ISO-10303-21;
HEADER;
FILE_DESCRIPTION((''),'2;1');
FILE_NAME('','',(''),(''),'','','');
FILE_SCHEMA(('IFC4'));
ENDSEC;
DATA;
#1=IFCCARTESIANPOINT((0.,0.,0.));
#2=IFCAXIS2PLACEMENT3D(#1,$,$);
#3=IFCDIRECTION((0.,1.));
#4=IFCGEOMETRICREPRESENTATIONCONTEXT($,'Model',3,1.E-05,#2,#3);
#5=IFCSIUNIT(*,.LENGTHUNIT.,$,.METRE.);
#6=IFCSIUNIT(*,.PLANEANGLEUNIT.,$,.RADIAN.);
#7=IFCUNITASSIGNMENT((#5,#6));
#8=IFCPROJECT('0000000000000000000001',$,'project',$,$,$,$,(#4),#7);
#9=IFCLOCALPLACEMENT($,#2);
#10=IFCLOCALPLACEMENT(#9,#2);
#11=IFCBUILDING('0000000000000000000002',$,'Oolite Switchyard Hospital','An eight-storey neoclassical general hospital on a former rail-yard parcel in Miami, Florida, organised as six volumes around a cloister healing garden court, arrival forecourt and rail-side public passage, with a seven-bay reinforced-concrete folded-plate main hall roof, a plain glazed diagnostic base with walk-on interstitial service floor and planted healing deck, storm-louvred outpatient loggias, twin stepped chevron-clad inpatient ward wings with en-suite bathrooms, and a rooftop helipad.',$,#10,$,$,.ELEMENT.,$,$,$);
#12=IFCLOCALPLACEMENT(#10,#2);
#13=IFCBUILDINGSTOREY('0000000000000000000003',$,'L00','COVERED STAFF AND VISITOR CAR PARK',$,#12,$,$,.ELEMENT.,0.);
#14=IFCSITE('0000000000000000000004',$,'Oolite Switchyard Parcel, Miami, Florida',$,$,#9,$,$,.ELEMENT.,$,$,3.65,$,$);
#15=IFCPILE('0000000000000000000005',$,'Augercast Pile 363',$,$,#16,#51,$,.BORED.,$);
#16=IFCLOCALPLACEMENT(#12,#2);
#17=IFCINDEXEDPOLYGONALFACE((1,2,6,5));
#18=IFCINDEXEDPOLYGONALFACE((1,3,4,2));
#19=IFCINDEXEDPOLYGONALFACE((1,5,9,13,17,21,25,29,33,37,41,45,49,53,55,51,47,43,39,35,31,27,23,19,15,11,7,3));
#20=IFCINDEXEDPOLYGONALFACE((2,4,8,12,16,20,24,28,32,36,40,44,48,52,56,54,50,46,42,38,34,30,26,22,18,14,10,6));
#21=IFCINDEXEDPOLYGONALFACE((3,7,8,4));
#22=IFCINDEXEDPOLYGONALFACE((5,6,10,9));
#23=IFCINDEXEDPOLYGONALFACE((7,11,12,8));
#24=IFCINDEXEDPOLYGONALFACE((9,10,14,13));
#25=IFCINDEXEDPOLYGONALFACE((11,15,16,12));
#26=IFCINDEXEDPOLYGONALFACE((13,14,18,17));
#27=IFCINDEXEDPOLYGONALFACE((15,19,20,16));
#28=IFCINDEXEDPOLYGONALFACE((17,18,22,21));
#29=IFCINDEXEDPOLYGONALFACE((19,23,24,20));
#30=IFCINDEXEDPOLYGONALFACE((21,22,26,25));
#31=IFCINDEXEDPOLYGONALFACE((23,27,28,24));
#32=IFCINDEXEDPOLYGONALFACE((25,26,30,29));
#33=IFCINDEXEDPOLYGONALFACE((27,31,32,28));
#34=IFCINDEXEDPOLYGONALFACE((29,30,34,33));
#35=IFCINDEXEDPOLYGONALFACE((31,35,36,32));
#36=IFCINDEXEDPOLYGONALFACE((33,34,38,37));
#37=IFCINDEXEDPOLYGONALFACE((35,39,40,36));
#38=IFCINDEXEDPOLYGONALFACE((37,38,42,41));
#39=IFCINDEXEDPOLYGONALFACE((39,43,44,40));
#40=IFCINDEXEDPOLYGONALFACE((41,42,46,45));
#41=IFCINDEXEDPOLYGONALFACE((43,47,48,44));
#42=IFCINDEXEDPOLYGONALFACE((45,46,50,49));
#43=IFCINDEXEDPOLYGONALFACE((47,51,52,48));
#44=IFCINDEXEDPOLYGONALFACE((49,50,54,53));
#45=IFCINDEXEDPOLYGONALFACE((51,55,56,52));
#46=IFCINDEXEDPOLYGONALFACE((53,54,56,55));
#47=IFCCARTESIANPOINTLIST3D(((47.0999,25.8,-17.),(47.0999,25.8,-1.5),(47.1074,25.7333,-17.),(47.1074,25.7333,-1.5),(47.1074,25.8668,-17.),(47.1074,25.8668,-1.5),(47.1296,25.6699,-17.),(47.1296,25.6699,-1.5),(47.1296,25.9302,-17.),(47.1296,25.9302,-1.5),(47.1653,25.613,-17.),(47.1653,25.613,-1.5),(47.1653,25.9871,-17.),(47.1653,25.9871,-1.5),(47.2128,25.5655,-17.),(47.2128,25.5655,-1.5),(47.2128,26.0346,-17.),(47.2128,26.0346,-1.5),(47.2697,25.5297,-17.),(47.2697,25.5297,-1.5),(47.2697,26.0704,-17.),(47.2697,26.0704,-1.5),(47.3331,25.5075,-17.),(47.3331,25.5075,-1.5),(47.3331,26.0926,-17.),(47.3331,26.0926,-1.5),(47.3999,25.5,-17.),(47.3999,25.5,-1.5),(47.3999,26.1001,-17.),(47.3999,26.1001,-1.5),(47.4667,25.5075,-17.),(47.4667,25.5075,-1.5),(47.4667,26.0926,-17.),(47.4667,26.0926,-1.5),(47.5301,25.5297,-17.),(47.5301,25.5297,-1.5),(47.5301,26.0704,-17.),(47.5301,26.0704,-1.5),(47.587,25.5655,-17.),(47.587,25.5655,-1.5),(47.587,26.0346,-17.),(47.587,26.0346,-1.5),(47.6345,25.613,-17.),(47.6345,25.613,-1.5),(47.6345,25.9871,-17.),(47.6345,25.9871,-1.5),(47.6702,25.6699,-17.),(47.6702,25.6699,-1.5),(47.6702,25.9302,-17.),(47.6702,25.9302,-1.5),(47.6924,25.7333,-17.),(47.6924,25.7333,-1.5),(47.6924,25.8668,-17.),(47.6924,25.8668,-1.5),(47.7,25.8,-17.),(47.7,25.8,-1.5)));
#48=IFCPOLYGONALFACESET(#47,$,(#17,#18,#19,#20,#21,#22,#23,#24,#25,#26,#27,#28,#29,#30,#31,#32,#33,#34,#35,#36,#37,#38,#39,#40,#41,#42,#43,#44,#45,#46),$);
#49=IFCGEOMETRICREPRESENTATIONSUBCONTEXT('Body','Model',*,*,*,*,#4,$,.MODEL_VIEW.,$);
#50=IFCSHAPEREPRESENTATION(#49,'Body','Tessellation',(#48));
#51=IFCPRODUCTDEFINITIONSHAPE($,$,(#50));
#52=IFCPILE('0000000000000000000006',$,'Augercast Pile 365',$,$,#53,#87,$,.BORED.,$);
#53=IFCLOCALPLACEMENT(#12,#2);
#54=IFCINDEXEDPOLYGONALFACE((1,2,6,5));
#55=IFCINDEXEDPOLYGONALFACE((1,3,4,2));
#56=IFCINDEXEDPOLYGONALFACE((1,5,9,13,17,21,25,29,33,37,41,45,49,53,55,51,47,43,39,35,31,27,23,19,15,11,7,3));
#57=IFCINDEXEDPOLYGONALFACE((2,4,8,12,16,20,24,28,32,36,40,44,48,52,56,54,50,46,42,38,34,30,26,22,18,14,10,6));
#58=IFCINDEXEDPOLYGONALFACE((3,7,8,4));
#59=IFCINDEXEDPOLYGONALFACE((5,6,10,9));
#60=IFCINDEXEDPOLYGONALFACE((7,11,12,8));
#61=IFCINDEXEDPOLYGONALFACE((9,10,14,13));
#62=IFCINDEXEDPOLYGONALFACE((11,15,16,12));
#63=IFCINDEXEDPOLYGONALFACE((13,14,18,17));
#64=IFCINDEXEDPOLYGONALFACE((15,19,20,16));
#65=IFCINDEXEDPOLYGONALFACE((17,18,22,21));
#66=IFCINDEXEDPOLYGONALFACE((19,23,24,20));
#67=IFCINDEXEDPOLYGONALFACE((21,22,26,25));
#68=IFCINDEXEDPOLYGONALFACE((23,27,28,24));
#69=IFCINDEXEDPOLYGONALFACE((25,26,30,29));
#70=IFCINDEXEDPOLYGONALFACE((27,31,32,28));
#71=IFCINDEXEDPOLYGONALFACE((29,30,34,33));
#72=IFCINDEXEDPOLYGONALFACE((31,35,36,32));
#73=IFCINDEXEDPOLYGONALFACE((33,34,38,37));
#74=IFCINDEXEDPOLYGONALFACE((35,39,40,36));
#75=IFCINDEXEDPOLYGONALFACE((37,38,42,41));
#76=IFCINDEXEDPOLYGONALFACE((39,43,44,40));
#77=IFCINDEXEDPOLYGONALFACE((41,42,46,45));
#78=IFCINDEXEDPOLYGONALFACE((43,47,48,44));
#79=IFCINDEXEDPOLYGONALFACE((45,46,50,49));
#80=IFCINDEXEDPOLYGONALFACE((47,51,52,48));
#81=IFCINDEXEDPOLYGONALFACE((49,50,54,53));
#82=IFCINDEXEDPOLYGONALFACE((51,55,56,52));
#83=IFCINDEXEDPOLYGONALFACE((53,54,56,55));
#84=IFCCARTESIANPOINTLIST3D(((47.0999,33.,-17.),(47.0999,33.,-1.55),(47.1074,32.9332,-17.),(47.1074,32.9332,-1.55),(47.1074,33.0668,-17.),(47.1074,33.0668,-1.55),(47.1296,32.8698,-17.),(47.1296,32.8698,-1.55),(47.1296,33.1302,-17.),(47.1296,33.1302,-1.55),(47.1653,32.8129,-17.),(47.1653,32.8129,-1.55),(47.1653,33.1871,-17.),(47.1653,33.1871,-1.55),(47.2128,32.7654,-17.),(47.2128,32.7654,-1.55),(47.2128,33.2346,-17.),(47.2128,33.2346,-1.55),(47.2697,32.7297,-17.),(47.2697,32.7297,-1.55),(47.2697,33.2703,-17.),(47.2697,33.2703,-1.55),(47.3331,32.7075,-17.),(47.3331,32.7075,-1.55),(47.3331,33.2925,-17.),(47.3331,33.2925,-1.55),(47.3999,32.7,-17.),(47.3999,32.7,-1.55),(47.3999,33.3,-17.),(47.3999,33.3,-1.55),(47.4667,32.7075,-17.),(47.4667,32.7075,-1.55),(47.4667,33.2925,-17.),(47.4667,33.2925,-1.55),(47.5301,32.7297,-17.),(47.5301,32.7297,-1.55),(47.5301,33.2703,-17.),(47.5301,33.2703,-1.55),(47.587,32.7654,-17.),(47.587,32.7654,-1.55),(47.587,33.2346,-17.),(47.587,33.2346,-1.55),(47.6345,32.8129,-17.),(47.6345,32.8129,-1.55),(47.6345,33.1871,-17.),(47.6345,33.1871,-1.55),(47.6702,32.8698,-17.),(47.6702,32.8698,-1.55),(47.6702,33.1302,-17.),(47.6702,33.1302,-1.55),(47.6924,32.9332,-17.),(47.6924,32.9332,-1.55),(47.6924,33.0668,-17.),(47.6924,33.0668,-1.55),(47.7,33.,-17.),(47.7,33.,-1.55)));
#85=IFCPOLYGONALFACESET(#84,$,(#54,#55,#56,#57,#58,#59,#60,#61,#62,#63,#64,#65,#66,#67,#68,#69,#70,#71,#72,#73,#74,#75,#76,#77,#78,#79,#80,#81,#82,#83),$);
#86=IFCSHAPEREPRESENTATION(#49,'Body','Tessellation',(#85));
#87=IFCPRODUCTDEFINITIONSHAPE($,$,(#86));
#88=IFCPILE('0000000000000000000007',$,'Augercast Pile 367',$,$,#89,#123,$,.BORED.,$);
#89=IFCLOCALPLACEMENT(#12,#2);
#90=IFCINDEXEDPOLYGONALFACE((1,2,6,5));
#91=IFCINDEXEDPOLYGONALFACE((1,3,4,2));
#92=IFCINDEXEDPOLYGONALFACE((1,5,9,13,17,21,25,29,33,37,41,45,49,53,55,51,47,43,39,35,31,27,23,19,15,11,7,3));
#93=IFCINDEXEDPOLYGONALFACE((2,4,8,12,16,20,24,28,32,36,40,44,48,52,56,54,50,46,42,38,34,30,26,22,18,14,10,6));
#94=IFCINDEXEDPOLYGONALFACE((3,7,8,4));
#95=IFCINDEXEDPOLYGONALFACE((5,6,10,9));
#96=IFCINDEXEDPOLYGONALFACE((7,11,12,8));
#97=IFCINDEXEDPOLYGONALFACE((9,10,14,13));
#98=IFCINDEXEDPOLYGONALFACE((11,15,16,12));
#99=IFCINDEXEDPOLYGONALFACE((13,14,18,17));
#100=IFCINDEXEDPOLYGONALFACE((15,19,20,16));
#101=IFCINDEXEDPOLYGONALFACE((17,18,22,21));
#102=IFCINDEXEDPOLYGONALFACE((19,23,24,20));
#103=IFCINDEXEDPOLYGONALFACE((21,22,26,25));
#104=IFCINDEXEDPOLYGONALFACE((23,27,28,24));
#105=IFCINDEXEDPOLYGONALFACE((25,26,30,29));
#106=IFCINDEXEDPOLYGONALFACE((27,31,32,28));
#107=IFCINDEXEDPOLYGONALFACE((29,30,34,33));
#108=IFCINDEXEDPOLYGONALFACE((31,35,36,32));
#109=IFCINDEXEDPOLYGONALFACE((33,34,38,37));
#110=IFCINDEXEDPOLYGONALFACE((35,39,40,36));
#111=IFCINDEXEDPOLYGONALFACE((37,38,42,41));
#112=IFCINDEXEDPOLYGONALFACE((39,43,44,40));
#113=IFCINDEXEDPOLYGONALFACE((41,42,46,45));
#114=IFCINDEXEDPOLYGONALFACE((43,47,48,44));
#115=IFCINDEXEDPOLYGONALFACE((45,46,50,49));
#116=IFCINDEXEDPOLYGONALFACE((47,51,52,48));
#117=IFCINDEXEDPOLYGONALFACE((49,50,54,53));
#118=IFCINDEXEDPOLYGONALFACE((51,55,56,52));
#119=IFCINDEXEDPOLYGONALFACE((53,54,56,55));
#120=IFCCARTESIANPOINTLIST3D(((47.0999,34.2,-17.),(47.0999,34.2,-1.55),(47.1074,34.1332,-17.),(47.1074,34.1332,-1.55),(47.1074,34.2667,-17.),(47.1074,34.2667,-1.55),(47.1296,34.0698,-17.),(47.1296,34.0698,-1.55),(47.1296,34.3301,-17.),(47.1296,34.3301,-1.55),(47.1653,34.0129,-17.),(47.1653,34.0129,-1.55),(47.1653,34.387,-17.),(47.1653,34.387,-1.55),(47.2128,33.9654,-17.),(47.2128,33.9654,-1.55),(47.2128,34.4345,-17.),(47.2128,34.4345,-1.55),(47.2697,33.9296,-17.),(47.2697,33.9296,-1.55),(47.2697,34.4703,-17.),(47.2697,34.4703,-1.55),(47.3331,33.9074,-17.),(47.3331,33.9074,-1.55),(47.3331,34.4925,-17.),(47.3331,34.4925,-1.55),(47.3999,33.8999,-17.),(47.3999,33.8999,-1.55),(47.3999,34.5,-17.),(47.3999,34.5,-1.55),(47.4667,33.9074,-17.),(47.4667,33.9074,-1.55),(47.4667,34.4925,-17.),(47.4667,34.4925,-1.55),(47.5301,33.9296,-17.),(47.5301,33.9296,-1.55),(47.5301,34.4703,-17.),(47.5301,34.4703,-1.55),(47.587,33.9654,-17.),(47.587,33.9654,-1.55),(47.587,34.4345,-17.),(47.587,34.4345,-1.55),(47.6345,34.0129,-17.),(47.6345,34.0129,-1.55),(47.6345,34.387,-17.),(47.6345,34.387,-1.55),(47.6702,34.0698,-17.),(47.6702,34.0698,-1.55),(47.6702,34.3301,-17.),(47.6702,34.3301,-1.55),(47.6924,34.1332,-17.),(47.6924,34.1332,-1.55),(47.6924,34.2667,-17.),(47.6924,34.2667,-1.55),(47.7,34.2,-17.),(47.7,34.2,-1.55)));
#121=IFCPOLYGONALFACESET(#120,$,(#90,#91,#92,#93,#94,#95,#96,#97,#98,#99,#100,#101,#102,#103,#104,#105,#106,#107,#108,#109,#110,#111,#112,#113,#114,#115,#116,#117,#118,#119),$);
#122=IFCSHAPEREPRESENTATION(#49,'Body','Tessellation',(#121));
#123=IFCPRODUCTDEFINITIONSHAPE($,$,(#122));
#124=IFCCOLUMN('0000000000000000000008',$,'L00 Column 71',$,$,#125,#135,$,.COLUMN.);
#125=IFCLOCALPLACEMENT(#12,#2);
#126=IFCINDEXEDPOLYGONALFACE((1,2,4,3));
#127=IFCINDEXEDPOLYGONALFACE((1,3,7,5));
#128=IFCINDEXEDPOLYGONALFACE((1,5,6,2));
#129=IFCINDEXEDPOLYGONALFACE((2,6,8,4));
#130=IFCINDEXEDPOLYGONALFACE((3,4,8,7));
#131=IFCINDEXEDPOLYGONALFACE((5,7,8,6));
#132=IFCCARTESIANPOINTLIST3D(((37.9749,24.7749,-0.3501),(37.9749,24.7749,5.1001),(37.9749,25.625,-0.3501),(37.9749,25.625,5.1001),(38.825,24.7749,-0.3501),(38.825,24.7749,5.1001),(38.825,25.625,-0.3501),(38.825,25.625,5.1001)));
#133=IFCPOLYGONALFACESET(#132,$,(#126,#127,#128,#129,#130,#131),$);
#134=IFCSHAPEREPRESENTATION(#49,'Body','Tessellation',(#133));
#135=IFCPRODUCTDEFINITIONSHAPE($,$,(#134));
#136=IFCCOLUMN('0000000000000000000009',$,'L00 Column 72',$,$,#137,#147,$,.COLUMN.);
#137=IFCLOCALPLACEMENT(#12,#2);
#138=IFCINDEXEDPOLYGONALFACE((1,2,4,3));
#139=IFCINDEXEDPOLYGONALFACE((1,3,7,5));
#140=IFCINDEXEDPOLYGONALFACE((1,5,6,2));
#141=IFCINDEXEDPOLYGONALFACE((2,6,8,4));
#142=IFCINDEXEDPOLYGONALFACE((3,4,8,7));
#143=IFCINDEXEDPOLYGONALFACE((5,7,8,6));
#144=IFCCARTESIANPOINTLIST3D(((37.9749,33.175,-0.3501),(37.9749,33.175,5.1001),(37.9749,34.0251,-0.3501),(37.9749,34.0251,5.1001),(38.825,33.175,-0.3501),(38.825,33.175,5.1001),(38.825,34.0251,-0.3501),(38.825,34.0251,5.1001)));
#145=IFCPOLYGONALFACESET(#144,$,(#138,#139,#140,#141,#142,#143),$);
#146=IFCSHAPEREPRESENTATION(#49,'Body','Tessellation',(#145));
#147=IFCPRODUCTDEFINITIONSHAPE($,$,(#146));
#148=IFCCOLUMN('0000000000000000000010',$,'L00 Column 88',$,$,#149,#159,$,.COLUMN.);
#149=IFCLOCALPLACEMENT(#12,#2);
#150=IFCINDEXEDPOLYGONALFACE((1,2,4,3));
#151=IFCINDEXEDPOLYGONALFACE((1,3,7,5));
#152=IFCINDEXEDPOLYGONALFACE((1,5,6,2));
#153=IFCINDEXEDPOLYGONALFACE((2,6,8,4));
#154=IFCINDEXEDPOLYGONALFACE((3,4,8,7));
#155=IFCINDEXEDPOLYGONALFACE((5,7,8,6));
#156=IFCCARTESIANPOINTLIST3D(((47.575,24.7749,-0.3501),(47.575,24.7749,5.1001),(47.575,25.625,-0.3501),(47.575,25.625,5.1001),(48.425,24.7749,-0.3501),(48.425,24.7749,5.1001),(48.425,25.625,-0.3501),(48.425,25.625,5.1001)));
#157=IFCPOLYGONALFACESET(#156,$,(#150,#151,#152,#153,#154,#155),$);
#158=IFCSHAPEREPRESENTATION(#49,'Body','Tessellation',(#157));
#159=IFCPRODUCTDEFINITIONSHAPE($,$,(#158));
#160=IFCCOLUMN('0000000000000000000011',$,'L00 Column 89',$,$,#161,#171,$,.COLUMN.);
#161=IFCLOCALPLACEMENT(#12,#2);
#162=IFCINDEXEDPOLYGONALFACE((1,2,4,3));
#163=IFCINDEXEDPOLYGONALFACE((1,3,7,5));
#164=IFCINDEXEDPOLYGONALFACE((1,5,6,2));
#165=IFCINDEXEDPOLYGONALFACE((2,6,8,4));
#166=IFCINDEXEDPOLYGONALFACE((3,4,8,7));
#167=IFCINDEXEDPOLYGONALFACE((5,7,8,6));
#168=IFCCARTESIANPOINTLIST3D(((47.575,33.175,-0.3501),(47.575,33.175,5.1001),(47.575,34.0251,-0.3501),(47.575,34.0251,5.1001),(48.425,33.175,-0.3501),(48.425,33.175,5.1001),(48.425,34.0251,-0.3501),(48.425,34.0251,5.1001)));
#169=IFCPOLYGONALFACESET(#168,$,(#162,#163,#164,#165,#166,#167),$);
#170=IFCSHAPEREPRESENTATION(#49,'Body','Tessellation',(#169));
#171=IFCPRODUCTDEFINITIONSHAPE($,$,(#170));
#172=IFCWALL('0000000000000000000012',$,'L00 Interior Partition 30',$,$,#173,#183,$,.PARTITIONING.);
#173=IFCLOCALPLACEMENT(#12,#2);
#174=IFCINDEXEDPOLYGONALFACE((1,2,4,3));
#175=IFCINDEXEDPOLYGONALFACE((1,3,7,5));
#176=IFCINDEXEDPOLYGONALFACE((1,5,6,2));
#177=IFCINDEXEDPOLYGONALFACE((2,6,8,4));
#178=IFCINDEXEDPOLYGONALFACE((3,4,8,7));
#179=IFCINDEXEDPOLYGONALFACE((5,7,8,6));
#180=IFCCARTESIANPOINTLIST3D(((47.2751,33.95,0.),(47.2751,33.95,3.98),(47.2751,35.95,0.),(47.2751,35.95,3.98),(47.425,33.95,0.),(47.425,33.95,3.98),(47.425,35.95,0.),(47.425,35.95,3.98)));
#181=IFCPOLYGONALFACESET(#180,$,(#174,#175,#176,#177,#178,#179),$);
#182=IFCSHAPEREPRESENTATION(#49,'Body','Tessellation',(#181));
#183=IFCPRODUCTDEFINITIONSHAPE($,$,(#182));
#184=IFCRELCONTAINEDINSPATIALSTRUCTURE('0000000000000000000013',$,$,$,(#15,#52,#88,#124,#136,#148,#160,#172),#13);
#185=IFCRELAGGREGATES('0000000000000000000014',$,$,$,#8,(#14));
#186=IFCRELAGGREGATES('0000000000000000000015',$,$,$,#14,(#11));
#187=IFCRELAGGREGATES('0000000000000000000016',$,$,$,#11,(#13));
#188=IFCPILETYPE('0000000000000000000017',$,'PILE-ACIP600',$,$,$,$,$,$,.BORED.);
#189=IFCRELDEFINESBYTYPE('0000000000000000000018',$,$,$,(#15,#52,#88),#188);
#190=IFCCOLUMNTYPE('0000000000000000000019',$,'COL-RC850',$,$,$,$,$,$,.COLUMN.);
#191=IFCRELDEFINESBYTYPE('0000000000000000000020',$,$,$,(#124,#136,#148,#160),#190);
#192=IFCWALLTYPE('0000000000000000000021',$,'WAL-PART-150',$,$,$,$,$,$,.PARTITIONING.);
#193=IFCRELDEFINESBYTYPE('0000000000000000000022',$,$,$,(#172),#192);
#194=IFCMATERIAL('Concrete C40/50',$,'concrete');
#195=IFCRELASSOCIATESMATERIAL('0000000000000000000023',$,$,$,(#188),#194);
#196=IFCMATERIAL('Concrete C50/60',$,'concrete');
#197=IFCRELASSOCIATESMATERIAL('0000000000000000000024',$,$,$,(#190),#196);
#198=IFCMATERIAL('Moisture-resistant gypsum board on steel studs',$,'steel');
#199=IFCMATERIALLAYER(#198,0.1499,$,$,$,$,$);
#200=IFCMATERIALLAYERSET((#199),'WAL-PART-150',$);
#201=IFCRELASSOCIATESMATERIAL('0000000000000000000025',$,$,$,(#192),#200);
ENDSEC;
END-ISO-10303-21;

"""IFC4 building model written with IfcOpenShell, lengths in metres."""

from ifc_helpers import new_model, si_unit, direction, frame, frame_2d, origin, origin_2d, place, context, subcontext, project, spatial, rectangle, circle, extrude, material, layer, layer_set, material_profile, profile_set, type_object, element, save


model = new_model("IFC4")

# Units and contexts
model_context = context("Model", 3, precision=1e-05, world=origin(), true_north=direction((0.0, 1.0)))
body_context = subcontext(model_context, "Body", "Model", "MODEL_VIEW")
ifc_project = project(units=[si_unit("LENGTHUNIT", "METRE"), si_unit("PLANEANGLEUNIT", "RADIAN")], contexts=[model_context])

# Site, building, storey
site_placement = place(None, origin())
site = spatial("IfcSite", under=ifc_project, at=site_placement, Name="Oolite Switchyard Parcel, Miami, Florida", CompositionType="ELEMENT", RefElevation=3.65)
building_placement = place(site_placement, origin())
building = spatial("IfcBuilding", under=site, at=building_placement, Name="Oolite Switchyard Hospital", Description="An eight-storey neoclassical general hospital on a former rail-yard parcel in Miami, Florida, organised as six volumes around a cloister healing garden court, arrival forecourt and rail-side public passage, with a seven-bay reinforced-concrete folded-plate main hall roof, a plain glazed diagnostic base with walk-on interstitial service floor and planted healing deck, storm-louvred outpatient loggias, twin stepped chevron-clad inpatient ward wings with en-suite bathrooms, and a rooftop helipad.", CompositionType="ELEMENT")
storey_placement = place(building_placement, origin())
storey = spatial("IfcBuildingStorey", under=building, at=storey_placement, Name="L00", Description="COVERED STAFF AND VISITOR CAR PARK", CompositionType="ELEMENT", Elevation=0.0)

# Shared definitions
ifc_material_1 = material(Name="Concrete C40/50", Category="concrete")

# Piles
ifc_material_profile_1 = material_profile(ifc_material_1, circle(Radius=0.3, at=origin_2d()), Name="PILE600")
ifc_profile_set_1 = profile_set([ifc_material_profile_1], Name="Concrete C40/50")
pile_type = type_object("IfcPileType", Name="PILE-ACIP600", PredefinedType="BORED", material=ifc_profile_set_1)
pile_1_placement = place(storey_placement, frame((47.3999, 25.8, -1.5), z_axis=(0.0, 0.0, -1.0), x_axis=(1.0, 0.0, 0.0)))
element("IfcPile", 1, at=pile_1_placement, inside=storey, type_object=pile_type, Name="Augercast Pile 363", PredefinedType="BORED", context=body_context, shape_type="SweptSolid", body=[
    extrude(circle(Radius=0.3, at=origin_2d()), origin(), (0.0, 0.0, 1.0), 15.5),
])
for number, where, z_axis, x_axis, name in (
    (2, (47.3999, 33.0, -1.55), (0.0, 0.0, -1.0), (1.0, 0.0, 0.0), "Augercast Pile 365"),
    (3, (47.3999, 34.2, -1.55), (0.0, 0.0, -1.0), (1.0, 0.0, 0.0), "Augercast Pile 367"),
):
    element("IfcPile", number, at=place(storey_placement, frame(where, z_axis=z_axis, x_axis=x_axis)), inside=storey, type_object=pile_type, Name=name, PredefinedType="BORED", context=body_context, shape_type="SweptSolid", body=[
        extrude(circle(Radius=0.3, at=origin_2d()), origin(), (0.0, 0.0, 1.0), 15.45),
    ])

# Columns
ifc_material_2 = material(Name="Concrete C50/60", Category="concrete")
ifc_material_profile_2 = material_profile(ifc_material_2, rectangle(XDim=0.8501, YDim=0.8501, at=origin_2d()), Name="RC850X850")
ifc_profile_set_2 = profile_set([ifc_material_profile_2], Name="Concrete C50/60")
column_type = type_object("IfcColumnType", Name="COL-RC850", PredefinedType="COLUMN", material=ifc_profile_set_2)
for number, where, z_axis, x_axis, name in (
    (4, (38.3999, 25.2, -0.3501), (0.0, 0.0, 1.0), (1.0, 0.0, 0.0), "L00 Column 71"),
    (5, (38.3999, 33.6001, -0.3501), (0.0, 0.0, 1.0), (1.0, 0.0, 0.0), "L00 Column 72"),
    (6, (48.0, 25.2, -0.3501), (0.0, 0.0, 1.0), (1.0, 0.0, 0.0), "L00 Column 88"),
    (7, (48.0, 33.6001, -0.3501), (0.0, 0.0, 1.0), (1.0, 0.0, 0.0), "L00 Column 89"),
):
    element("IfcColumn", number, at=place(storey_placement, frame(where, z_axis=z_axis, x_axis=x_axis)), inside=storey, type_object=column_type, Name=name, PredefinedType="COLUMN", context=body_context, shape_type="SweptSolid", body=[
        extrude(rectangle(XDim=0.8501, YDim=0.8501, at=origin_2d()), origin(), (0.0, 0.0, 1.0), 5.4502),
    ])

# Wall
ifc_material_3 = material(Name="Moisture-resistant gypsum board on steel studs", Category="steel")
ifc_layer_1 = layer(ifc_material_3, 0.1499)
ifc_layer_set_1 = layer_set([ifc_layer_1], Name="WAL-PART-150")
wall_type_1 = type_object("IfcWallType", Name="WAL-PART-150", PredefinedType="PARTITIONING", material=ifc_layer_set_1)
wall_1_placement = place(storey_placement, frame((47.3501, 33.95, 0.0), z_axis=(0.0, 0.0, 1.0), x_axis=(0.0, 1.0, 0.0)))
element("IfcWall", 8, at=wall_1_placement, inside=storey, type_object=wall_type_1, Name="L00 Interior Partition 30", PredefinedType="PARTITIONING", context=body_context, shape_type="SweptSolid", body=[
    extrude(rectangle(XDim=2.0, YDim=0.1499, at=frame_2d((1.0, 0.0))), origin(), (0.0, 0.0, 1.0), 3.98),
])

save(model, "model.ifc")
